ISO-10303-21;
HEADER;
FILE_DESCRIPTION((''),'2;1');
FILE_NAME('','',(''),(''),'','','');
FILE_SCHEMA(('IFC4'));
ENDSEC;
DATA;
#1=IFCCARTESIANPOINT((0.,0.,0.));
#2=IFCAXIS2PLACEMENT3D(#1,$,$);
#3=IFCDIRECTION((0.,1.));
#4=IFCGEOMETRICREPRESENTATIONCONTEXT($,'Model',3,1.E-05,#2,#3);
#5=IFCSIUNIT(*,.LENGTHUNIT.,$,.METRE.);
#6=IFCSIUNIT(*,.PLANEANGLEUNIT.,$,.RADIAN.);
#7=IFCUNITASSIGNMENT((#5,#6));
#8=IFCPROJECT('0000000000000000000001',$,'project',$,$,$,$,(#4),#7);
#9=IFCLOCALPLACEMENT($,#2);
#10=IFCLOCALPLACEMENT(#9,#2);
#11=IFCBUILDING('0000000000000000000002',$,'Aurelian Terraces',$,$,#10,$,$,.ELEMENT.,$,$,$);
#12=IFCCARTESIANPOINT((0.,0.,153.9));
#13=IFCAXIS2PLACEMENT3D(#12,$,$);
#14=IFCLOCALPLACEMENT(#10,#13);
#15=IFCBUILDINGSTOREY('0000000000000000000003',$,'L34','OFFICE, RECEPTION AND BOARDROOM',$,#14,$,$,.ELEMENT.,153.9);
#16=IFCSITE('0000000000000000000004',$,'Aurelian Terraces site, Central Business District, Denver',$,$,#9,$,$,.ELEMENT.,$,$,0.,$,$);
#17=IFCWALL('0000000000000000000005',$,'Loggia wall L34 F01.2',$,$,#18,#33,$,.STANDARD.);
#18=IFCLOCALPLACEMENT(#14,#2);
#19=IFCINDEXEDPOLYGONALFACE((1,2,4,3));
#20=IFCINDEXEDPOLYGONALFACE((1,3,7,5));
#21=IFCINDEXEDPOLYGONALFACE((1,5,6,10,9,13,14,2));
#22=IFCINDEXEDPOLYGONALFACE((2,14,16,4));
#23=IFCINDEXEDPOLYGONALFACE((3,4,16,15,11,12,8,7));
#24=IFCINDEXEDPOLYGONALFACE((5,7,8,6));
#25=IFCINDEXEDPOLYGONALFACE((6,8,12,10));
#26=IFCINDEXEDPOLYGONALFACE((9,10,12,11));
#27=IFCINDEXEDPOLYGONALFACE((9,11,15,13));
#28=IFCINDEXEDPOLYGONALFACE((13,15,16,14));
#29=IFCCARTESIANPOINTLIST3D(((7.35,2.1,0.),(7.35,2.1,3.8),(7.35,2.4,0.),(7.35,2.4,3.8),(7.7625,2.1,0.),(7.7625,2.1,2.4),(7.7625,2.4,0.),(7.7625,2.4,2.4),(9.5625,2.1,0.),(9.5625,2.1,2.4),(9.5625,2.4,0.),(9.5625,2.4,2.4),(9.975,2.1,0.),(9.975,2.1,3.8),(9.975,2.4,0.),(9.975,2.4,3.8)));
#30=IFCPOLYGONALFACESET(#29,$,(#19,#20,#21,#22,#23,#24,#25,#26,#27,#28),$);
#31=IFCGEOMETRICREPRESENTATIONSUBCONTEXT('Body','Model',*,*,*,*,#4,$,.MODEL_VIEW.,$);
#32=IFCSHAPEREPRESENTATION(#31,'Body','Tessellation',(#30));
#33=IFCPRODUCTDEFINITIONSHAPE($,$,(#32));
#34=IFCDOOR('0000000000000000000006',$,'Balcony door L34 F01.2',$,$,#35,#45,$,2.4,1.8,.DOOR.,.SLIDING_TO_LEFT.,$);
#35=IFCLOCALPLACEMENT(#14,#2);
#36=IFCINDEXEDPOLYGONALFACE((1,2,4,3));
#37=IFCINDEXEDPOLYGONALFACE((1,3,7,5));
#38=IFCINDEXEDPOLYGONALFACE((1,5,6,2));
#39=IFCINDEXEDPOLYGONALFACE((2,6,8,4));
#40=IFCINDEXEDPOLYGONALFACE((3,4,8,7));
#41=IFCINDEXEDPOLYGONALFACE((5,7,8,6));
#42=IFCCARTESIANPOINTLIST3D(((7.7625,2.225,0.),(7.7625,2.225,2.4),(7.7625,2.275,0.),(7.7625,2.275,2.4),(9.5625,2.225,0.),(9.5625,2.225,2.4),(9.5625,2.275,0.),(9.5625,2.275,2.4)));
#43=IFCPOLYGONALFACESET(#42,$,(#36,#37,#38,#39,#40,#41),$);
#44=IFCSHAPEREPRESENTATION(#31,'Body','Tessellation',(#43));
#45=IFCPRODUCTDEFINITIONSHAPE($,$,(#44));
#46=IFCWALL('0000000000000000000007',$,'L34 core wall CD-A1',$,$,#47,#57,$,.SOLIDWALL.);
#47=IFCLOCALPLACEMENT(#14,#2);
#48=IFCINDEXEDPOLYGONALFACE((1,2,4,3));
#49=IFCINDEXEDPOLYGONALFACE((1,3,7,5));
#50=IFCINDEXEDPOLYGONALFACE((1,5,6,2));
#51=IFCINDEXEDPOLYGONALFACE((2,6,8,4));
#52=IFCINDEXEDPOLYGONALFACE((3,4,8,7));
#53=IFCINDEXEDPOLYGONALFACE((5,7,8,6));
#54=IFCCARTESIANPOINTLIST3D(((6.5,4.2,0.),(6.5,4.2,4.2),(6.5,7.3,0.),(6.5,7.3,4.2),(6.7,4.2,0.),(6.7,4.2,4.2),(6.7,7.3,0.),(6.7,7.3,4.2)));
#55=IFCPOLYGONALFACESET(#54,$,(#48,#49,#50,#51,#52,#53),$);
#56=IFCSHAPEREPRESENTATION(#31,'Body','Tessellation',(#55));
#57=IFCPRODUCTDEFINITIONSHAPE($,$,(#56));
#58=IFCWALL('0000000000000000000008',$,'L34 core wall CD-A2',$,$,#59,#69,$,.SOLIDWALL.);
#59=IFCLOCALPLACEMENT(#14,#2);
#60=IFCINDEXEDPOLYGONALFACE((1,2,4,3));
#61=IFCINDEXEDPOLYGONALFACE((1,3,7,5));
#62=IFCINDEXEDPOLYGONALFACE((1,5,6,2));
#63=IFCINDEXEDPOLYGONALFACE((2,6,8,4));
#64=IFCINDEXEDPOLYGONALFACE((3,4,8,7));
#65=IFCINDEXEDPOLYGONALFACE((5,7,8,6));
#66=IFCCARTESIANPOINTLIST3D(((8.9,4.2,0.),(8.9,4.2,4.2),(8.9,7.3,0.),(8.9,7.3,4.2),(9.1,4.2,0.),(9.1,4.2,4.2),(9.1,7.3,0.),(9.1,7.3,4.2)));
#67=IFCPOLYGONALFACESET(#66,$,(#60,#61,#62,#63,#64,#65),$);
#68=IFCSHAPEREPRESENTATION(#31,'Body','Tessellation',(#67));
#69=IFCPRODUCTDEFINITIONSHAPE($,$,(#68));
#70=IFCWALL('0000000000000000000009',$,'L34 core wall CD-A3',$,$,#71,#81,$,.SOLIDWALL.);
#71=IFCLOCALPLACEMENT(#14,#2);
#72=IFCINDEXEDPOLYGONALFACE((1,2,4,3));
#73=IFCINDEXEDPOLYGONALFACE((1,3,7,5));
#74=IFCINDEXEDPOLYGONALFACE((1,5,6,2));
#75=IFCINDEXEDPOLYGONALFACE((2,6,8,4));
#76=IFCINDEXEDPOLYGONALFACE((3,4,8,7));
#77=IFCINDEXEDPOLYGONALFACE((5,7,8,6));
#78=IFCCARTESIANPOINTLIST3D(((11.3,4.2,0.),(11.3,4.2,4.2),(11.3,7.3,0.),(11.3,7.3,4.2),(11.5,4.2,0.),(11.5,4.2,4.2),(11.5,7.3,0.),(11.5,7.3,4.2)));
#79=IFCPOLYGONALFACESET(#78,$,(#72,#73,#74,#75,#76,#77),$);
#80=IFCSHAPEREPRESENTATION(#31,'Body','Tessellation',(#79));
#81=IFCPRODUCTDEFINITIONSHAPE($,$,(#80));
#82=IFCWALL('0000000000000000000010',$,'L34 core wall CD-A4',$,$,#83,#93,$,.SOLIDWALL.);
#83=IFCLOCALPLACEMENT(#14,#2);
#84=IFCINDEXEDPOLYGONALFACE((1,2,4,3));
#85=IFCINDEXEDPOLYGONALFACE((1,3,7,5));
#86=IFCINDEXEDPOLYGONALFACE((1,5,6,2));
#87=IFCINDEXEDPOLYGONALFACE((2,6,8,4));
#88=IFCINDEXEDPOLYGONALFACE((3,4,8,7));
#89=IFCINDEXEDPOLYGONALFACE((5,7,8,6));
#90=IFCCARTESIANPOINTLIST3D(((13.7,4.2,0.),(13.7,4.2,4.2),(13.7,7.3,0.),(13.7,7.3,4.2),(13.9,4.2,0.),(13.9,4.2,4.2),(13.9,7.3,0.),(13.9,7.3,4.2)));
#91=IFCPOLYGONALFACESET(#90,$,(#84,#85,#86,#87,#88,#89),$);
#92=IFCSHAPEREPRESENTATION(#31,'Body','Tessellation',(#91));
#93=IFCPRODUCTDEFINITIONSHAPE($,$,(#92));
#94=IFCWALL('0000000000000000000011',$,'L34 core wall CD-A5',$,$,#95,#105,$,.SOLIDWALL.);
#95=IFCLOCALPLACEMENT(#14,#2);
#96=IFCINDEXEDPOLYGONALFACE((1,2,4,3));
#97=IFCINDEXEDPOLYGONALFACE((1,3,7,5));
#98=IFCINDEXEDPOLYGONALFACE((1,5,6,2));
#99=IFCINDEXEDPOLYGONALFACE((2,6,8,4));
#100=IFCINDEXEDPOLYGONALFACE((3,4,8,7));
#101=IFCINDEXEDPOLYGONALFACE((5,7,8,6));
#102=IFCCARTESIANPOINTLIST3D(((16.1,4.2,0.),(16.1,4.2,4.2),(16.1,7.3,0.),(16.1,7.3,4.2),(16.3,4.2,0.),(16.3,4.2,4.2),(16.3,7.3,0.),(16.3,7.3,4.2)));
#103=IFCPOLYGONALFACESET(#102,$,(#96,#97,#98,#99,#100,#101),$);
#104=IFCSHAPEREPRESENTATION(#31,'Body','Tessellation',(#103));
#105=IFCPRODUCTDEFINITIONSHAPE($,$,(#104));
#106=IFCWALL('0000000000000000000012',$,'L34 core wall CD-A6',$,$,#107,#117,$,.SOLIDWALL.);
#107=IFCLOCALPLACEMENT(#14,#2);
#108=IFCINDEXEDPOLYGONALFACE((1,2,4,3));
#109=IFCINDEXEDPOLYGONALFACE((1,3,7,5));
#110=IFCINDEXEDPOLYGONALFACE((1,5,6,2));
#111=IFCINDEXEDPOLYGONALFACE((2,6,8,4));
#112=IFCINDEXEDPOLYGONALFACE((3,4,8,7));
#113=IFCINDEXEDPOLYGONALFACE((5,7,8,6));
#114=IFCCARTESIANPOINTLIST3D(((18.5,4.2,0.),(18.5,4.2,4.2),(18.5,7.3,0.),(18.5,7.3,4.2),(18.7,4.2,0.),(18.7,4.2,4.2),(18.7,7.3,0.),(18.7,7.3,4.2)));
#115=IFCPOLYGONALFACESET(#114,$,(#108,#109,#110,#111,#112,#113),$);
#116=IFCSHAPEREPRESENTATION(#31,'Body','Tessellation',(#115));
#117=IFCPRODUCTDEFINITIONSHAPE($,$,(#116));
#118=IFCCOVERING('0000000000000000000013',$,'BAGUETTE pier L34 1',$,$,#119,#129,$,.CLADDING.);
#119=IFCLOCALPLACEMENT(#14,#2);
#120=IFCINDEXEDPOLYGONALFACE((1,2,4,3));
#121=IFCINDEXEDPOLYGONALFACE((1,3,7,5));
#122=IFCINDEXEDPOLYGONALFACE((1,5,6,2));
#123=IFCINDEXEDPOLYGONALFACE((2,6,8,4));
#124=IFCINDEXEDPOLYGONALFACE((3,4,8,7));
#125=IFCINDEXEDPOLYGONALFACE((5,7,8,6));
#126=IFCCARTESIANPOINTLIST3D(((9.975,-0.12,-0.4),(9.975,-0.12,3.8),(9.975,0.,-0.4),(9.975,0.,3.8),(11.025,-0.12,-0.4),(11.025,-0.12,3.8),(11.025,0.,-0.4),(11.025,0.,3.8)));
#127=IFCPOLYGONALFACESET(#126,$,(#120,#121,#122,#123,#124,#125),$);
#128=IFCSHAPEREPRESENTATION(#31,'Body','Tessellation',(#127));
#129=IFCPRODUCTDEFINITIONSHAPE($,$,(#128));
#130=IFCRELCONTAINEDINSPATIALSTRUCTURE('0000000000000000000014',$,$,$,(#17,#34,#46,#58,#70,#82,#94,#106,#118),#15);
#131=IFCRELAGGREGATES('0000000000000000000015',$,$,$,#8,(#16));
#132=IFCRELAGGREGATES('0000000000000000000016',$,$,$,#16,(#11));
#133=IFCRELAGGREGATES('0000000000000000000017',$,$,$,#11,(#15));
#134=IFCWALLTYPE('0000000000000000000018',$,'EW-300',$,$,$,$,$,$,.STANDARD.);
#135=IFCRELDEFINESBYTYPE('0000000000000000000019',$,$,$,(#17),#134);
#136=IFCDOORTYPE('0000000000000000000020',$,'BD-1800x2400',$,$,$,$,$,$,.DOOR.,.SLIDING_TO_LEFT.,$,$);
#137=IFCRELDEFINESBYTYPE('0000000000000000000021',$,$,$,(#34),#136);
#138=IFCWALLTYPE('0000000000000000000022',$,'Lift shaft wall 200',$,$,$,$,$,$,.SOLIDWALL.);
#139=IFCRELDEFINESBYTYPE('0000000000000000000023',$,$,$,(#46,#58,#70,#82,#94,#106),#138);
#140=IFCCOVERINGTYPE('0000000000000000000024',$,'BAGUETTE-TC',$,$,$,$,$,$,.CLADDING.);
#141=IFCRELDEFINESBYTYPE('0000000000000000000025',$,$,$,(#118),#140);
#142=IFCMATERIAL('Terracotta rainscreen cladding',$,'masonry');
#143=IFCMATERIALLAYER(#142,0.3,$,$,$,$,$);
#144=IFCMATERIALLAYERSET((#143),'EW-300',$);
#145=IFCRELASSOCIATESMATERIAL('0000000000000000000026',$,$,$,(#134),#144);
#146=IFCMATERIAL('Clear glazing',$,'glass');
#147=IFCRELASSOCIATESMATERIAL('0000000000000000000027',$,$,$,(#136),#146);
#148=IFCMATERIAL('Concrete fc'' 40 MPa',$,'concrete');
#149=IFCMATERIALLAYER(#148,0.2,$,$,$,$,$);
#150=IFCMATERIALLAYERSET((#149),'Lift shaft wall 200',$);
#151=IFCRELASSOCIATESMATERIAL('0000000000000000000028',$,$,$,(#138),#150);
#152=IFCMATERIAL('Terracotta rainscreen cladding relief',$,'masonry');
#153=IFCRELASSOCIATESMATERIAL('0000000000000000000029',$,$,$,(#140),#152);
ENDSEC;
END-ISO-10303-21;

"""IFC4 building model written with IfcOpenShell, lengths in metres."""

from ifc_helpers import new_model, si_unit, direction, frame, frame_2d, origin, origin_2d, place, context, subcontext, project, spatial, rectangle, extrude, source, transform, mapped, material, layer, layer_set, type_object, element, fill, save


model = new_model("IFC4")

# Units and contexts
model_context = context("Model", 3, precision=1e-05, world=origin(), true_north=direction((0.0, 1.0)))
body_context = subcontext(model_context, "Body", "Model", "MODEL_VIEW")
ifc_project = project(units=[si_unit("LENGTHUNIT", "METRE"), si_unit("PLANEANGLEUNIT", "RADIAN")], contexts=[model_context])

# Site, building, storey
site_placement = place(None, origin())
site = spatial("IfcSite", under=ifc_project, at=site_placement, Name="Aurelian Terraces site, Central Business District, Denver", CompositionType="ELEMENT", RefElevation=0.0)
building_placement = place(site_placement, origin())
building = spatial("IfcBuilding", under=site, at=building_placement, Name="Aurelian Terraces", CompositionType="ELEMENT")
storey_placement = place(building_placement, frame((0.0, 0.0, 153.9)))
storey = spatial("IfcBuildingStorey", under=building, at=storey_placement, Name="L34", Description="OFFICE, RECEPTION AND BOARDROOM", CompositionType="ELEMENT", Elevation=153.9)

# Shared definitions
ifc_material_1 = material(Name="Terracotta rainscreen cladding", Category="masonry")
ifc_layer_1 = layer(ifc_material_1, 0.3)
ifc_layer_set_1 = layer_set([ifc_layer_1], Name="EW-300")
wall_type_1 = type_object("IfcWallType", Name="EW-300", PredefinedType="STANDARD", material=ifc_layer_set_1)

# Shared definitions
ifc_material_2 = material(Name="Clear glazing", Category="glass")

# Wall, opening, door
shared_shape_1 = source(origin(), body_context, "Body", "SweptSolid", [
    extrude(rectangle(XDim=2.625, YDim=0.3, at=frame_2d((1.3125, 0.0))), origin(), (0.0, 0.0, 1.0), 3.8),
])
wall_1_placement = place(storey_placement, frame((7.35, 2.25, 0.0), z_axis=(0.0, 0.0, 1.0), x_axis=(1.0, 0.0, 0.0)))
wall_1 = element("IfcWall", 1, at=wall_1_placement, inside=storey, type_object=wall_type_1, Name="Loggia wall L34 F01.2", PredefinedType="STANDARD", context=body_context, shape_type="MappedRepresentation", body=[
    mapped(shared_shape_1, transform((0.0, 0.0, 0.0), scale=1.0)),
])
shared_shape_2 = source(origin(), body_context, "Body", "SweptSolid", [
    extrude(rectangle(XDim=1.8, YDim=2.4, at=frame_2d((0.9, 1.2))), frame((0.0, 0.16, 0.0), z_axis=(0.0, -1.0, 0.0), x_axis=(1.0, 0.0, 0.0)), (0.0, 0.0, 1.0), 0.32),
])
opening_1_placement = place(wall_1_placement, frame((0.4125, 0.0, 0.0)))
opening_1 = element("IfcOpeningElement", 2, at=opening_1_placement, cuts=wall_1, PredefinedType="OPENING", context=body_context, shape_type="MappedRepresentation", body=[
    mapped(shared_shape_2, transform((0.0, 0.0, 0.0), scale=1.0)),
])
door_type = type_object("IfcDoorType", Name="BD-1800x2400", OperationType="SLIDING_TO_LEFT", PredefinedType="DOOR", material=ifc_material_2)
shared_shape_3 = source(origin(), body_context, "Body", "SweptSolid", [
    extrude(rectangle(XDim=1.8, YDim=2.4, at=frame_2d((0.9, 1.2))), frame((0.0, 0.025, 0.0), z_axis=(0.0, -1.0, 0.0), x_axis=(1.0, 0.0, 0.0)), (0.0, 0.0, 1.0), 0.05),
])
door_placement = place(opening_1_placement, origin())
door = element("IfcDoor", 3, at=door_placement, inside=storey, type_object=door_type, Name="Balcony door L34 F01.2", OperationType="SLIDING_TO_LEFT", OverallHeight=2.4, OverallWidth=1.8, PredefinedType="DOOR", context=body_context, shape_type="MappedRepresentation", body=[
    mapped(shared_shape_3, transform((0.0, 0.0, 0.0), scale=1.0)),
])
fill(opening_1, door)

# Walls
ifc_material_3 = material(Name="Concrete fc' 40 MPa", Category="concrete")
ifc_layer_2 = layer(ifc_material_3, 0.2)
ifc_layer_set_2 = layer_set([ifc_layer_2], Name="Lift shaft wall 200")
wall_type_2 = type_object("IfcWallType", Name="Lift shaft wall 200", PredefinedType="SOLIDWALL", material=ifc_layer_set_2)
shared_shape_4 = source(origin(), body_context, "Body", "SweptSolid", [
    extrude(rectangle(XDim=3.1, YDim=0.2, at=frame_2d((1.55, 0.0))), origin(), (0.0, 0.0, 1.0), 4.2),
])
for number, where, z_axis, x_axis, name in (
    (4, (6.6, 4.2, 0.0), (0.0, 0.0, 1.0), (0.0, 1.0, 0.0), "L34 core wall CD-A1"),
    (5, (9.0, 4.2, 0.0), (0.0, 0.0, 1.0), (0.0, 1.0, 0.0), "L34 core wall CD-A2"),
    (6, (11.4, 4.2, 0.0), (0.0, 0.0, 1.0), (0.0, 1.0, 0.0), "L34 core wall CD-A3"),
    (7, (13.8, 4.2, 0.0), (0.0, 0.0, 1.0), (0.0, 1.0, 0.0), "L34 core wall CD-A4"),
    (8, (16.2, 4.2, 0.0), (0.0, 0.0, 1.0), (0.0, 1.0, 0.0), "L34 core wall CD-A5"),
    (9, (18.6, 4.2, 0.0), (0.0, 0.0, 1.0), (0.0, 1.0, 0.0), "L34 core wall CD-A6"),
):
    element("IfcWall", number, at=place(storey_placement, frame(where, z_axis=z_axis, x_axis=x_axis)), inside=storey, type_object=wall_type_2, Name=name, PredefinedType="SOLIDWALL", context=body_context, shape_type="MappedRepresentation", body=[
        mapped(shared_shape_4, transform((0.0, 0.0, 0.0), scale=1.0)),
    ])

# Covering
ifc_material_4 = material(Name="Terracotta rainscreen cladding relief", Category="masonry")
covering_type = type_object("IfcCoveringType", Name="BAGUETTE-TC", PredefinedType="CLADDING", material=ifc_material_4)
shared_shape_5 = source(origin(), body_context, "Body", "SweptSolid", [
    extrude(rectangle(XDim=1.05, YDim=0.12, at=origin_2d()), origin(), (0.0, 0.0, 1.0), 4.2),
])
covering_placement = place(storey_placement, frame((10.5, -0.06, -0.4), z_axis=(0.0, 0.0, 1.0), x_axis=(1.0, 0.0, 0.0)))
element("IfcCovering", 10, at=covering_placement, inside=storey, type_object=covering_type, Name="BAGUETTE pier L34 1", PredefinedType="CLADDING", context=body_context, shape_type="MappedRepresentation", body=[
    mapped(shared_shape_5, transform((0.0, 0.0, 0.0), scale=1.0)),
])

save(model, "model.ifc")
